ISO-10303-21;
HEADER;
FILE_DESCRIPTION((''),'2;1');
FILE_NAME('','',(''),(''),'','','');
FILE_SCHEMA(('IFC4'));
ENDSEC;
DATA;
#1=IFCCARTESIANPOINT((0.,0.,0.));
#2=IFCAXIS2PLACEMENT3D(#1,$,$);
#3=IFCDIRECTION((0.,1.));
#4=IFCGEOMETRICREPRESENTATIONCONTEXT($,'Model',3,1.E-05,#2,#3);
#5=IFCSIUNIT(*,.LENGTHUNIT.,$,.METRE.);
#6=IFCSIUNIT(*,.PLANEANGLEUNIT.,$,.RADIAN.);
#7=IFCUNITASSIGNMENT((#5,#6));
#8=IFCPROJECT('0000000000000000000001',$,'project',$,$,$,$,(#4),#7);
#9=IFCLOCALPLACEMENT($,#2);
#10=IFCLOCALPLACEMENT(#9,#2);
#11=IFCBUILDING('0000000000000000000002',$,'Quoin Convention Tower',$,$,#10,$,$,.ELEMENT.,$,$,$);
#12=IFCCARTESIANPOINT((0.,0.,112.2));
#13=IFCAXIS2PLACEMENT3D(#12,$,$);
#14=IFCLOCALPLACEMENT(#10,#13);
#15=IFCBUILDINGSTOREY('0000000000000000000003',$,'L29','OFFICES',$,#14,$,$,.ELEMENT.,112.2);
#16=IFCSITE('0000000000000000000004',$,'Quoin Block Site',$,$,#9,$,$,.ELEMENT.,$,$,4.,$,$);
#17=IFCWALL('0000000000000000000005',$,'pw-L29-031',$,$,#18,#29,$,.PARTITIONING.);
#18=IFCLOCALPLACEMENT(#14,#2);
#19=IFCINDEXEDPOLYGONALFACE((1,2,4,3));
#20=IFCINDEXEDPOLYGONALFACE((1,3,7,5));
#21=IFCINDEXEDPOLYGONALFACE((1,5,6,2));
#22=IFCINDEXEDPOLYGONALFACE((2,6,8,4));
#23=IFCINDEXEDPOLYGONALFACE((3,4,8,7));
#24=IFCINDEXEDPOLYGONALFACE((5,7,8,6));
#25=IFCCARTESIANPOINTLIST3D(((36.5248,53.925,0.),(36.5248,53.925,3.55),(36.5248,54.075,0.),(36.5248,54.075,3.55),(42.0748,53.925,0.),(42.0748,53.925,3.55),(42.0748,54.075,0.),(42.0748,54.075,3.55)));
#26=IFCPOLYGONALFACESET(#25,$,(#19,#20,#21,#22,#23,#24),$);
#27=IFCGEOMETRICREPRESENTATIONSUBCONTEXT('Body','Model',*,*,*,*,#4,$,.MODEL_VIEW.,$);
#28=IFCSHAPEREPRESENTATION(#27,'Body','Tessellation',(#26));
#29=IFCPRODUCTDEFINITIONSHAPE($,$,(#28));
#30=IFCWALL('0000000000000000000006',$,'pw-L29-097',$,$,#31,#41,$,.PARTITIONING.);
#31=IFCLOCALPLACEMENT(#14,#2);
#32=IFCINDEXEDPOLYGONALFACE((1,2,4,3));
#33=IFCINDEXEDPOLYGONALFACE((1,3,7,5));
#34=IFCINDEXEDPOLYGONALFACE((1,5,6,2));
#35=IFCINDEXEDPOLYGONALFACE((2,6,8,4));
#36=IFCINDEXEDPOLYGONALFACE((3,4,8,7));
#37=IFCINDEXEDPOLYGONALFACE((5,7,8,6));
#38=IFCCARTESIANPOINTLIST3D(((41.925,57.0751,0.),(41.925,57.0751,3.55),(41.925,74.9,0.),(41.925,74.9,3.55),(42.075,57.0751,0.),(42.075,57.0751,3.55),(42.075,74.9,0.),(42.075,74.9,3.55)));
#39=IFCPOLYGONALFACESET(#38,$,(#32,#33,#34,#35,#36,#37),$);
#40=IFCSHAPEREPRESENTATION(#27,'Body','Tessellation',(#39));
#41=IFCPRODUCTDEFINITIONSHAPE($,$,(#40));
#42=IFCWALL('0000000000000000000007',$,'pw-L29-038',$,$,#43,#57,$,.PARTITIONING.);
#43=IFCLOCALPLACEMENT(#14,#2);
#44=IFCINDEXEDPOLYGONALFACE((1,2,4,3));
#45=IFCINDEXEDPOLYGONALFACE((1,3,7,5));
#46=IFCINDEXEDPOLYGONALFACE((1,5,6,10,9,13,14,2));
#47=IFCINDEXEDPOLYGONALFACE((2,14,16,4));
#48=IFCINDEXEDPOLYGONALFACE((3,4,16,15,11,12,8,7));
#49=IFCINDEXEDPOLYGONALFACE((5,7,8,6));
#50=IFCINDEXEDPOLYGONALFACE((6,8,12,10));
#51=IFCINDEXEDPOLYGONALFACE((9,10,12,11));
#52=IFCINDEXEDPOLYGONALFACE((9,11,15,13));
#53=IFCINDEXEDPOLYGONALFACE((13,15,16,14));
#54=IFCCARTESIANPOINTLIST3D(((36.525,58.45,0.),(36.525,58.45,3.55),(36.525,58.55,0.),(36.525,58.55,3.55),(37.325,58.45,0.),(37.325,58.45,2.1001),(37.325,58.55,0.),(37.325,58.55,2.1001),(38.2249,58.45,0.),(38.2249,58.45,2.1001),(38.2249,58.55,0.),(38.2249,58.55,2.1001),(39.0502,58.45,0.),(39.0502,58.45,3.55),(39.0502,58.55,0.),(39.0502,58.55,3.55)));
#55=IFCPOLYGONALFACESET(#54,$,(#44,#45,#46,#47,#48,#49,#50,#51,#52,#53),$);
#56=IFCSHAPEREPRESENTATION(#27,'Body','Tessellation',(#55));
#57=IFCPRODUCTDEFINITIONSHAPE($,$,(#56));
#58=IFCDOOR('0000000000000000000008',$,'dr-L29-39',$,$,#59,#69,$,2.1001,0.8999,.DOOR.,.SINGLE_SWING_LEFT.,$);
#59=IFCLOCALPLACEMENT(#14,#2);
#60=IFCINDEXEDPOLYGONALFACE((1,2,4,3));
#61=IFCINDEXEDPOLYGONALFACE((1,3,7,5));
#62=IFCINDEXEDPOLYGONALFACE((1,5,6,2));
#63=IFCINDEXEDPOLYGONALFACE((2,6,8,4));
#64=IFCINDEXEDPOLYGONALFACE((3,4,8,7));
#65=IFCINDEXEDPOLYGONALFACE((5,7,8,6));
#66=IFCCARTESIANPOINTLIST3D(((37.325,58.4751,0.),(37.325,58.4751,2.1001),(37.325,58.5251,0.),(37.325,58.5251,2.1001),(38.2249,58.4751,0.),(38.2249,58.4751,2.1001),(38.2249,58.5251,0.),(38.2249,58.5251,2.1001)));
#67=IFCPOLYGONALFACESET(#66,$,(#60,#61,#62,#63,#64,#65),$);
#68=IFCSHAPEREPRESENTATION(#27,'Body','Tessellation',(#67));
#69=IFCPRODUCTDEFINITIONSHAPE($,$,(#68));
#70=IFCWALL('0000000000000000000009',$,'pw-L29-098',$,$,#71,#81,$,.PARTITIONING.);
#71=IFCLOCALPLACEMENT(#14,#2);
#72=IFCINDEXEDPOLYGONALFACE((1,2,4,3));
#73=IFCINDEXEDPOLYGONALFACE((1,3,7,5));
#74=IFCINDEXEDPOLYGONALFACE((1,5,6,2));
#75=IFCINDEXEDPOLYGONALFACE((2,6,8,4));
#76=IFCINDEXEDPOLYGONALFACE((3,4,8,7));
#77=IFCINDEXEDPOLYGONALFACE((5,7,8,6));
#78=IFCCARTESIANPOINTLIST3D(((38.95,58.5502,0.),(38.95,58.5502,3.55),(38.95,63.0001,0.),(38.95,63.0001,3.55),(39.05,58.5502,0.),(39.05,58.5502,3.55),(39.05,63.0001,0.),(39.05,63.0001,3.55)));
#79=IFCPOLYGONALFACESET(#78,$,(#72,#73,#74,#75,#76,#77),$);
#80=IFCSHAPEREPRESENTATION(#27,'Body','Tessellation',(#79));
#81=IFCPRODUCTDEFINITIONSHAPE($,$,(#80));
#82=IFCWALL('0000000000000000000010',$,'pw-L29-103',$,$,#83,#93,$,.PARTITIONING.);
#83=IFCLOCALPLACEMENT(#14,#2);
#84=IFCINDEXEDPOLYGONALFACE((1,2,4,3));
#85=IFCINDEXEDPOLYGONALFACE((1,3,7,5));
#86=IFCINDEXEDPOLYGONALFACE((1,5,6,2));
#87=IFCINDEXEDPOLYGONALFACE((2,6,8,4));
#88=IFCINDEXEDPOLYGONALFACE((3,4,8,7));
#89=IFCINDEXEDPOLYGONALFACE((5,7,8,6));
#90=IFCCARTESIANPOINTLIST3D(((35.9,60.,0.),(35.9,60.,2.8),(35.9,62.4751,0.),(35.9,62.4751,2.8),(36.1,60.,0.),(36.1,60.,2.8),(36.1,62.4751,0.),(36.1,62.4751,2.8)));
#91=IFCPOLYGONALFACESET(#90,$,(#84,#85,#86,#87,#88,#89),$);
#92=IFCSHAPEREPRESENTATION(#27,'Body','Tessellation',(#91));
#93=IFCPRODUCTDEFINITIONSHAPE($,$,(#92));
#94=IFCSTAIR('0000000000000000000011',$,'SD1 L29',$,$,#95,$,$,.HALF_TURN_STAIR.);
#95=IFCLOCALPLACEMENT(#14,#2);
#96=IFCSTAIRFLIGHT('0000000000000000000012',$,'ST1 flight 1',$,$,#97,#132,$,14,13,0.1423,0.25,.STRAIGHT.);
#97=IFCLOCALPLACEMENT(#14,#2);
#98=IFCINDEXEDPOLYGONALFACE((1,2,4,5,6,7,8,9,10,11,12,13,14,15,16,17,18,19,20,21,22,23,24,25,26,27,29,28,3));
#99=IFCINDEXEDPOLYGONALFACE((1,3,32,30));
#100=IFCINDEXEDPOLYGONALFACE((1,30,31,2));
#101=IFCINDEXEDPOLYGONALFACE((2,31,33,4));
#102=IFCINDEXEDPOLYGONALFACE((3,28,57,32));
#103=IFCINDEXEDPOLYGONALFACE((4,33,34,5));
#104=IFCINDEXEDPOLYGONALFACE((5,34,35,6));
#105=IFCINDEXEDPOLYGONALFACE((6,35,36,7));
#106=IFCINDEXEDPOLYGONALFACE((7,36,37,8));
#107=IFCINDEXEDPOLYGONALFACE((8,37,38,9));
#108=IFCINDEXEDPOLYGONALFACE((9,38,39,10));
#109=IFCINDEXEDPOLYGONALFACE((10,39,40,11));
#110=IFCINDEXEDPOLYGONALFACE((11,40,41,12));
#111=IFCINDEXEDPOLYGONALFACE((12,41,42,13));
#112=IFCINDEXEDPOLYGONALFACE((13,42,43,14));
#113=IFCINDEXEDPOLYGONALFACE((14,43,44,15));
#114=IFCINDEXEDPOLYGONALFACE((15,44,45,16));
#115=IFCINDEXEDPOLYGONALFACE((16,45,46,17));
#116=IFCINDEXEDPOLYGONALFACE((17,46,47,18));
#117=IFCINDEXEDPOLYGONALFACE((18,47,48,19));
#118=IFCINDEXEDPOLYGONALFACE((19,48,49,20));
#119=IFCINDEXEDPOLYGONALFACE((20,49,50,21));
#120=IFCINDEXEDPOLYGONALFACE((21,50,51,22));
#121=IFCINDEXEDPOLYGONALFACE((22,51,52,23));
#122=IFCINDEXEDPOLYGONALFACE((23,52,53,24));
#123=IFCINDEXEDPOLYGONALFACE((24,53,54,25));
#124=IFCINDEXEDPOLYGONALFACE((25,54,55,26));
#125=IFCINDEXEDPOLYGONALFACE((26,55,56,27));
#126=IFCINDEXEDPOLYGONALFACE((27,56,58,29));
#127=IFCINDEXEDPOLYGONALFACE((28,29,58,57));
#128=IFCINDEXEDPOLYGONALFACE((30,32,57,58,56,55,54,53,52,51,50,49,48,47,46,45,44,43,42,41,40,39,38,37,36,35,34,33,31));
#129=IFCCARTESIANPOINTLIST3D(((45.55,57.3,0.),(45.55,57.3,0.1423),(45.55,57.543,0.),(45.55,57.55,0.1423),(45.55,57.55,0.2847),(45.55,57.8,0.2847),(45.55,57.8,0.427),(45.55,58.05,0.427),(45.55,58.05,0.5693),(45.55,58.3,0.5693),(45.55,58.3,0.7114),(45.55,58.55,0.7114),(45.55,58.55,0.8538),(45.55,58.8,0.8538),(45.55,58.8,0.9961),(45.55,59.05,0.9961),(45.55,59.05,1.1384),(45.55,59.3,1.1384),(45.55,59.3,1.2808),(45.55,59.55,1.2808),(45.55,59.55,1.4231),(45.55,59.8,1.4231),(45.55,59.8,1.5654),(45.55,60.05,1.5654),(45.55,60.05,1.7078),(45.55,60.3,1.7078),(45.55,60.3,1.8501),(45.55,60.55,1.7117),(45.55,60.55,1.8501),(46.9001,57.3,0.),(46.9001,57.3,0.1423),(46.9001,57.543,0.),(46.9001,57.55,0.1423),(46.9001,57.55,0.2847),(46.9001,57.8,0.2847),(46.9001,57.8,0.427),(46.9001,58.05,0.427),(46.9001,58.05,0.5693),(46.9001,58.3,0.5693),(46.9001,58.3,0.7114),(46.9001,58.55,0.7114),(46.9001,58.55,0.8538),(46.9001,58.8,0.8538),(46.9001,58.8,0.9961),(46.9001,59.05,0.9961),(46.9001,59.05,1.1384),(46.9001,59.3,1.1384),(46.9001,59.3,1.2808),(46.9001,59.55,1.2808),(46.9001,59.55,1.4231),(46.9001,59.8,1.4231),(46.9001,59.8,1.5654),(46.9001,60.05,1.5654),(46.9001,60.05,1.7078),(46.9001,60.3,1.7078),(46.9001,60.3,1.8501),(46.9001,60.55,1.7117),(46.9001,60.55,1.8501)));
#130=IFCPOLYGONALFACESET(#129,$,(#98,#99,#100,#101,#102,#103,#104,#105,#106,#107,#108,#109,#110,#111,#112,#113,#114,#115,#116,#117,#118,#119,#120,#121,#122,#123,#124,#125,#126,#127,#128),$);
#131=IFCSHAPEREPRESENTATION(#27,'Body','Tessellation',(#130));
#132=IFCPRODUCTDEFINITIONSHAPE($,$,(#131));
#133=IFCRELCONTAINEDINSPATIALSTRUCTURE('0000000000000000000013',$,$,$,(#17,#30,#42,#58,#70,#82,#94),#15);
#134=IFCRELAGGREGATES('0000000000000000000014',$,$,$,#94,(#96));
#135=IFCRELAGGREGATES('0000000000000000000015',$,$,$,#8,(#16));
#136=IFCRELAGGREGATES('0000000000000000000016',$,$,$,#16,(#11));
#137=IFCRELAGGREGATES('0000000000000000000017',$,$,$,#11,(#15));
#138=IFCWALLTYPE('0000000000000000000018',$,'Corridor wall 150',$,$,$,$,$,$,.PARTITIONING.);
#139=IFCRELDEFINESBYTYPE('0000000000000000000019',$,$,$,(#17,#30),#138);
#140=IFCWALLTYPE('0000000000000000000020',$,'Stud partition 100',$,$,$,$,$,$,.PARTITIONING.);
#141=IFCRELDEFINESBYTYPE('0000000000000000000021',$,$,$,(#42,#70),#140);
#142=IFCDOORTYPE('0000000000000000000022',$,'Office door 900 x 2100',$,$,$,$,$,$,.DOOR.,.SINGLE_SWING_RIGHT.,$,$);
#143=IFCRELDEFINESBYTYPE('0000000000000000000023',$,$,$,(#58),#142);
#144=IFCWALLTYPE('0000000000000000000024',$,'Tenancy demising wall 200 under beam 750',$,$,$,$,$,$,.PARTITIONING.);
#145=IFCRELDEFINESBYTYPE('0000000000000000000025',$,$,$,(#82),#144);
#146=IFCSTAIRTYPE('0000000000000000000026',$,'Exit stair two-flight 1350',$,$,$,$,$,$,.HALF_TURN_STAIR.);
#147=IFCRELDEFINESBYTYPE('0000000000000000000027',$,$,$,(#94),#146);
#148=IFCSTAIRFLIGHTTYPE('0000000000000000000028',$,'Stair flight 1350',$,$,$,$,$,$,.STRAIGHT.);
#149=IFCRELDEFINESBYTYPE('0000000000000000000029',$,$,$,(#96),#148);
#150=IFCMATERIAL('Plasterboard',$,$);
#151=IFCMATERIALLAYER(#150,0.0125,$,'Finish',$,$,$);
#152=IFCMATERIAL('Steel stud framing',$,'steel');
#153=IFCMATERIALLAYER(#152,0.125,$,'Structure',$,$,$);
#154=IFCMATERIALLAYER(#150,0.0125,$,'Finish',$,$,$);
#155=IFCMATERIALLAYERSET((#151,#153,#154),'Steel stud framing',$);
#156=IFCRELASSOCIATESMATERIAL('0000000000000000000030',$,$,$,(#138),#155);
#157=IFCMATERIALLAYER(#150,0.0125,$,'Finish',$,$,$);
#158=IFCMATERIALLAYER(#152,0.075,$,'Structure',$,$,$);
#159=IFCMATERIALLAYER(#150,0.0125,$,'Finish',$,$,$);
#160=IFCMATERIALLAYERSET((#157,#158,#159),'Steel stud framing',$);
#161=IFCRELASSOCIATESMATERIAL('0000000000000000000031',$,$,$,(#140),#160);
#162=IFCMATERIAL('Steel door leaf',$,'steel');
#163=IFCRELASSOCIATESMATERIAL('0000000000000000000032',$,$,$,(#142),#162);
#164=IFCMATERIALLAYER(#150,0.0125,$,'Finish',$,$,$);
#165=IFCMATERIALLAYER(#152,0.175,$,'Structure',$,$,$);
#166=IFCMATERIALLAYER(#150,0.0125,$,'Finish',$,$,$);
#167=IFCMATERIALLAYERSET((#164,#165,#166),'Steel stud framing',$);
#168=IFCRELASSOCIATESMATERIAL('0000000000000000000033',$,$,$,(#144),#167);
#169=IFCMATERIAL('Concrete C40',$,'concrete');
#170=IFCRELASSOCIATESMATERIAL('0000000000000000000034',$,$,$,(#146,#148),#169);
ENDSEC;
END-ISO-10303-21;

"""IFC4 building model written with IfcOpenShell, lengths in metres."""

from ifc_helpers import new_model, si_unit, direction, frame, frame_2d, origin, place, context, subcontext, project, spatial, polyline, rectangle, outline, extrude, material, layer, layer_set, type_object, element, fill, aggregate, save


model = new_model("IFC4")

# Units and contexts
model_context = context("Model", 3, precision=1e-05, world=origin(), true_north=direction((0.0, 1.0)))
body_context = subcontext(model_context, "Body", "Model", "MODEL_VIEW")
ifc_project = project(units=[si_unit("LENGTHUNIT", "METRE"), si_unit("PLANEANGLEUNIT", "RADIAN")], contexts=[model_context])

# Site, building, storey
site_placement = place(None, origin())
site = spatial("IfcSite", under=ifc_project, at=site_placement, Name="Quoin Block Site", CompositionType="ELEMENT", RefElevation=4.0)
building_placement = place(site_placement, origin())
building = spatial("IfcBuilding", under=site, at=building_placement, Name="Quoin Convention Tower", CompositionType="ELEMENT")
storey_placement = place(building_placement, frame((0.0, 0.0, 112.2)))
storey = spatial("IfcBuildingStorey", under=building, at=storey_placement, Name="L29", Description="OFFICES", CompositionType="ELEMENT", Elevation=112.2)

# Shared definitions
ifc_material_1 = material(Name="Plasterboard")
ifc_material_2 = material(Name="Steel stud framing", Category="steel")
ifc_material_3 = material(Name="Steel door leaf", Category="steel")

# Walls
ifc_layer_1 = layer(ifc_material_1, 0.0125, Name="Finish")
ifc_layer_2 = layer(ifc_material_2, 0.125, Name="Structure")
ifc_layer_3 = layer(ifc_material_1, 0.0125, Name="Finish")
ifc_layer_set_1 = layer_set([ifc_layer_1, ifc_layer_2, ifc_layer_3], Name="Steel stud framing")
wall_type_1 = type_object("IfcWallType", Name="Corridor wall 150", PredefinedType="PARTITIONING", material=ifc_layer_set_1)
wall_1_placement = place(storey_placement, frame((36.5249, 54.0, 0.0), z_axis=(0.0, 0.0, 1.0), x_axis=(1.0, 0.0, 0.0)))
element("IfcWall", 1, at=wall_1_placement, inside=storey, type_object=wall_type_1, Name="pw-L29-031", PredefinedType="PARTITIONING", context=body_context, shape_type="SweptSolid", body=[
    extrude(rectangle(XDim=5.55, YDim=0.1499, at=frame_2d((2.7749, 0.0))), origin(), (0.0, 0.0, 1.0), 3.55),
])
wall_2_placement = place(storey_placement, frame((42.0, 57.075, 0.0), z_axis=(0.0, 0.0, 1.0), x_axis=(0.0, 1.0, 0.0)))
element("IfcWall", 2, at=wall_2_placement, inside=storey, type_object=wall_type_1, Name="pw-L29-097", PredefinedType="PARTITIONING", context=body_context, shape_type="SweptSolid", body=[
    extrude(rectangle(XDim=17.825, YDim=0.1499, at=frame_2d((8.9126, 0.0))), origin(), (0.0, 0.0, 1.0), 3.55),
])

# Wall, opening, door
ifc_layer_4 = layer(ifc_material_1, 0.0125, Name="Finish")
ifc_layer_5 = layer(ifc_material_2, 0.075, Name="Structure")
ifc_layer_6 = layer(ifc_material_1, 0.0125, Name="Finish")
ifc_layer_set_2 = layer_set([ifc_layer_4, ifc_layer_5, ifc_layer_6], Name="Steel stud framing")
wall_type_2 = type_object("IfcWallType", Name="Stud partition 100", PredefinedType="PARTITIONING", material=ifc_layer_set_2)
wall_3_placement = place(storey_placement, frame((36.5249, 58.5, 0.0), z_axis=(0.0, 0.0, 1.0), x_axis=(1.0, 0.0, 0.0)))
wall_3 = element("IfcWall", 3, at=wall_3_placement, inside=storey, type_object=wall_type_2, Name="pw-L29-038", PredefinedType="PARTITIONING", context=body_context, shape_type="SweptSolid", body=[
    extrude(rectangle(XDim=2.5251, YDim=0.1001, at=frame_2d((1.2627, 0.0))), origin(), (0.0, 0.0, 1.0), 3.55),
])
opening_1_placement = place(wall_3_placement, frame((0.8, 0.0, 0.0)))
opening_1 = element("IfcOpeningElement", 4, at=opening_1_placement, cuts=wall_3, PredefinedType="OPENING", context=body_context, shape_type="SweptSolid", body=[
    extrude(rectangle(XDim=0.8999, YDim=2.1001, at=frame_2d((0.45, 1.05))), frame((0.0, 0.0601, 0.0), z_axis=(0.0, -1.0, 0.0), x_axis=(1.0, 0.0, 0.0)), (0.0, 0.0, 1.0), 0.1201),
])
door_type_1 = type_object("IfcDoorType", Name="Office door 900 x 2100", OperationType="SINGLE_SWING_RIGHT", PredefinedType="DOOR", material=ifc_material_3)
door_1_placement = place(opening_1_placement, frame((0.8999, 0.0, 0.0), z_axis=(0.0, 0.0, 1.0), x_axis=(-1.0, 0.0, 0.0)))
door_1 = element("IfcDoor", 5, at=door_1_placement, inside=storey, type_object=door_type_1, Name="dr-L29-39", OperationType="SINGLE_SWING_LEFT", OverallHeight=2.1001, OverallWidth=0.8999, PredefinedType="DOOR", context=body_context, shape_type="SweptSolid", body=[
    extrude(rectangle(XDim=0.8999, YDim=2.1001, at=frame_2d((0.45, 1.05))), frame((0.0, 0.0249, 0.0), z_axis=(0.0, -1.0, 0.0), x_axis=(1.0, 0.0, 0.0)), (0.0, 0.0, 1.0), 0.05),
])
fill(opening_1, door_1)

# Walls
wall_4_placement = place(storey_placement, frame((39.0, 58.55, 0.0), z_axis=(0.0, 0.0, 1.0), x_axis=(0.0, 1.0, 0.0)))
element("IfcWall", 6, at=wall_4_placement, inside=storey, type_object=wall_type_2, Name="pw-L29-098", PredefinedType="PARTITIONING", context=body_context, shape_type="SweptSolid", body=[
    extrude(rectangle(XDim=4.45, YDim=0.1001, at=frame_2d((2.2251, 0.0))), origin(), (0.0, 0.0, 1.0), 3.55),
])
ifc_layer_7 = layer(ifc_material_1, 0.0125, Name="Finish")
ifc_layer_8 = layer(ifc_material_2, 0.175, Name="Structure")
ifc_layer_9 = layer(ifc_material_1, 0.0125, Name="Finish")
ifc_layer_set_3 = layer_set([ifc_layer_7, ifc_layer_8, ifc_layer_9], Name="Steel stud framing")
wall_type_3 = type_object("IfcWallType", Name="Tenancy demising wall 200 under beam 750", PredefinedType="PARTITIONING", material=ifc_layer_set_3)
wall_5_placement = place(storey_placement, frame((36.0, 60.0, 0.0), z_axis=(0.0, 0.0, 1.0), x_axis=(0.0, 1.0, 0.0)))
element("IfcWall", 7, at=wall_5_placement, inside=storey, type_object=wall_type_3, Name="pw-L29-103", PredefinedType="PARTITIONING", context=body_context, shape_type="SweptSolid", body=[
    extrude(rectangle(XDim=2.4751, YDim=0.2, at=frame_2d((1.2375, 0.0))), origin(), (0.0, 0.0, 1.0), 2.8),
])

# Stair, stair flight
ifc_material_4 = material(Name="Concrete C40", Category="concrete")
stair_type = type_object("IfcStairType", Name="Exit stair two-flight 1350", PredefinedType="HALF_TURN_STAIR", material=ifc_material_4)
stair_placement = place(storey_placement, origin())
stair = element("IfcStair", 8, at=stair_placement, inside=storey, type_object=stair_type, Name="SD1 L29", PredefinedType="HALF_TURN_STAIR")
stair_flight_type = type_object("IfcStairFlightType", Name="Stair flight 1350", PredefinedType="STRAIGHT", material=ifc_material_4)
stair_flight_placement = place(storey_placement, frame((46.2251, 57.3, 0.0), z_axis=(0.0, 0.0, 1.0), x_axis=(0.0, 1.0, 0.0)))
stair_flight = element("IfcStairFlight", 9, at=stair_flight_placement, type_object=stair_flight_type, Name="ST1 flight 1", NumberOfRisers=14, NumberOfTreads=13, PredefinedType="STRAIGHT", RiserHeight=0.1423, TreadLength=0.25, context=body_context, shape_type="SweptSolid", body=[
    extrude(outline(polyline([(0.0, 0.0), (0.0, 0.1423), (0.25, 0.1423), (0.25, 0.2847), (0.5, 0.2847), (0.5, 0.427), (0.75, 0.427), (0.75, 0.5693), (1.0, 0.5693), (1.0, 0.7114), (1.25, 0.7114), (1.25, 0.8538), (1.5, 0.8538), (1.5, 0.9961), (1.75, 0.9961), (1.75, 1.1384), (2.0, 1.1384), (2.0, 1.2808), (2.25, 1.2808), (2.25, 1.4231), (2.5, 1.4231), (2.5, 1.5654), (2.75, 1.5654), (2.75, 1.7078), (3.0, 1.7078), (3.0, 1.8501), (3.25, 1.8501), (3.25, 1.9922), (3.25, 1.7117), (0.2429, 0.0), (0.0, 0.0)])), frame((0.0, 0.675, 0.0), z_axis=(0.0, -1.0, 0.0), x_axis=(1.0, 0.0, 0.0)), (0.0, 0.0, 1.0), 1.3501),
])
aggregate(stair, [stair_flight])

save(model, "model.ifc")
